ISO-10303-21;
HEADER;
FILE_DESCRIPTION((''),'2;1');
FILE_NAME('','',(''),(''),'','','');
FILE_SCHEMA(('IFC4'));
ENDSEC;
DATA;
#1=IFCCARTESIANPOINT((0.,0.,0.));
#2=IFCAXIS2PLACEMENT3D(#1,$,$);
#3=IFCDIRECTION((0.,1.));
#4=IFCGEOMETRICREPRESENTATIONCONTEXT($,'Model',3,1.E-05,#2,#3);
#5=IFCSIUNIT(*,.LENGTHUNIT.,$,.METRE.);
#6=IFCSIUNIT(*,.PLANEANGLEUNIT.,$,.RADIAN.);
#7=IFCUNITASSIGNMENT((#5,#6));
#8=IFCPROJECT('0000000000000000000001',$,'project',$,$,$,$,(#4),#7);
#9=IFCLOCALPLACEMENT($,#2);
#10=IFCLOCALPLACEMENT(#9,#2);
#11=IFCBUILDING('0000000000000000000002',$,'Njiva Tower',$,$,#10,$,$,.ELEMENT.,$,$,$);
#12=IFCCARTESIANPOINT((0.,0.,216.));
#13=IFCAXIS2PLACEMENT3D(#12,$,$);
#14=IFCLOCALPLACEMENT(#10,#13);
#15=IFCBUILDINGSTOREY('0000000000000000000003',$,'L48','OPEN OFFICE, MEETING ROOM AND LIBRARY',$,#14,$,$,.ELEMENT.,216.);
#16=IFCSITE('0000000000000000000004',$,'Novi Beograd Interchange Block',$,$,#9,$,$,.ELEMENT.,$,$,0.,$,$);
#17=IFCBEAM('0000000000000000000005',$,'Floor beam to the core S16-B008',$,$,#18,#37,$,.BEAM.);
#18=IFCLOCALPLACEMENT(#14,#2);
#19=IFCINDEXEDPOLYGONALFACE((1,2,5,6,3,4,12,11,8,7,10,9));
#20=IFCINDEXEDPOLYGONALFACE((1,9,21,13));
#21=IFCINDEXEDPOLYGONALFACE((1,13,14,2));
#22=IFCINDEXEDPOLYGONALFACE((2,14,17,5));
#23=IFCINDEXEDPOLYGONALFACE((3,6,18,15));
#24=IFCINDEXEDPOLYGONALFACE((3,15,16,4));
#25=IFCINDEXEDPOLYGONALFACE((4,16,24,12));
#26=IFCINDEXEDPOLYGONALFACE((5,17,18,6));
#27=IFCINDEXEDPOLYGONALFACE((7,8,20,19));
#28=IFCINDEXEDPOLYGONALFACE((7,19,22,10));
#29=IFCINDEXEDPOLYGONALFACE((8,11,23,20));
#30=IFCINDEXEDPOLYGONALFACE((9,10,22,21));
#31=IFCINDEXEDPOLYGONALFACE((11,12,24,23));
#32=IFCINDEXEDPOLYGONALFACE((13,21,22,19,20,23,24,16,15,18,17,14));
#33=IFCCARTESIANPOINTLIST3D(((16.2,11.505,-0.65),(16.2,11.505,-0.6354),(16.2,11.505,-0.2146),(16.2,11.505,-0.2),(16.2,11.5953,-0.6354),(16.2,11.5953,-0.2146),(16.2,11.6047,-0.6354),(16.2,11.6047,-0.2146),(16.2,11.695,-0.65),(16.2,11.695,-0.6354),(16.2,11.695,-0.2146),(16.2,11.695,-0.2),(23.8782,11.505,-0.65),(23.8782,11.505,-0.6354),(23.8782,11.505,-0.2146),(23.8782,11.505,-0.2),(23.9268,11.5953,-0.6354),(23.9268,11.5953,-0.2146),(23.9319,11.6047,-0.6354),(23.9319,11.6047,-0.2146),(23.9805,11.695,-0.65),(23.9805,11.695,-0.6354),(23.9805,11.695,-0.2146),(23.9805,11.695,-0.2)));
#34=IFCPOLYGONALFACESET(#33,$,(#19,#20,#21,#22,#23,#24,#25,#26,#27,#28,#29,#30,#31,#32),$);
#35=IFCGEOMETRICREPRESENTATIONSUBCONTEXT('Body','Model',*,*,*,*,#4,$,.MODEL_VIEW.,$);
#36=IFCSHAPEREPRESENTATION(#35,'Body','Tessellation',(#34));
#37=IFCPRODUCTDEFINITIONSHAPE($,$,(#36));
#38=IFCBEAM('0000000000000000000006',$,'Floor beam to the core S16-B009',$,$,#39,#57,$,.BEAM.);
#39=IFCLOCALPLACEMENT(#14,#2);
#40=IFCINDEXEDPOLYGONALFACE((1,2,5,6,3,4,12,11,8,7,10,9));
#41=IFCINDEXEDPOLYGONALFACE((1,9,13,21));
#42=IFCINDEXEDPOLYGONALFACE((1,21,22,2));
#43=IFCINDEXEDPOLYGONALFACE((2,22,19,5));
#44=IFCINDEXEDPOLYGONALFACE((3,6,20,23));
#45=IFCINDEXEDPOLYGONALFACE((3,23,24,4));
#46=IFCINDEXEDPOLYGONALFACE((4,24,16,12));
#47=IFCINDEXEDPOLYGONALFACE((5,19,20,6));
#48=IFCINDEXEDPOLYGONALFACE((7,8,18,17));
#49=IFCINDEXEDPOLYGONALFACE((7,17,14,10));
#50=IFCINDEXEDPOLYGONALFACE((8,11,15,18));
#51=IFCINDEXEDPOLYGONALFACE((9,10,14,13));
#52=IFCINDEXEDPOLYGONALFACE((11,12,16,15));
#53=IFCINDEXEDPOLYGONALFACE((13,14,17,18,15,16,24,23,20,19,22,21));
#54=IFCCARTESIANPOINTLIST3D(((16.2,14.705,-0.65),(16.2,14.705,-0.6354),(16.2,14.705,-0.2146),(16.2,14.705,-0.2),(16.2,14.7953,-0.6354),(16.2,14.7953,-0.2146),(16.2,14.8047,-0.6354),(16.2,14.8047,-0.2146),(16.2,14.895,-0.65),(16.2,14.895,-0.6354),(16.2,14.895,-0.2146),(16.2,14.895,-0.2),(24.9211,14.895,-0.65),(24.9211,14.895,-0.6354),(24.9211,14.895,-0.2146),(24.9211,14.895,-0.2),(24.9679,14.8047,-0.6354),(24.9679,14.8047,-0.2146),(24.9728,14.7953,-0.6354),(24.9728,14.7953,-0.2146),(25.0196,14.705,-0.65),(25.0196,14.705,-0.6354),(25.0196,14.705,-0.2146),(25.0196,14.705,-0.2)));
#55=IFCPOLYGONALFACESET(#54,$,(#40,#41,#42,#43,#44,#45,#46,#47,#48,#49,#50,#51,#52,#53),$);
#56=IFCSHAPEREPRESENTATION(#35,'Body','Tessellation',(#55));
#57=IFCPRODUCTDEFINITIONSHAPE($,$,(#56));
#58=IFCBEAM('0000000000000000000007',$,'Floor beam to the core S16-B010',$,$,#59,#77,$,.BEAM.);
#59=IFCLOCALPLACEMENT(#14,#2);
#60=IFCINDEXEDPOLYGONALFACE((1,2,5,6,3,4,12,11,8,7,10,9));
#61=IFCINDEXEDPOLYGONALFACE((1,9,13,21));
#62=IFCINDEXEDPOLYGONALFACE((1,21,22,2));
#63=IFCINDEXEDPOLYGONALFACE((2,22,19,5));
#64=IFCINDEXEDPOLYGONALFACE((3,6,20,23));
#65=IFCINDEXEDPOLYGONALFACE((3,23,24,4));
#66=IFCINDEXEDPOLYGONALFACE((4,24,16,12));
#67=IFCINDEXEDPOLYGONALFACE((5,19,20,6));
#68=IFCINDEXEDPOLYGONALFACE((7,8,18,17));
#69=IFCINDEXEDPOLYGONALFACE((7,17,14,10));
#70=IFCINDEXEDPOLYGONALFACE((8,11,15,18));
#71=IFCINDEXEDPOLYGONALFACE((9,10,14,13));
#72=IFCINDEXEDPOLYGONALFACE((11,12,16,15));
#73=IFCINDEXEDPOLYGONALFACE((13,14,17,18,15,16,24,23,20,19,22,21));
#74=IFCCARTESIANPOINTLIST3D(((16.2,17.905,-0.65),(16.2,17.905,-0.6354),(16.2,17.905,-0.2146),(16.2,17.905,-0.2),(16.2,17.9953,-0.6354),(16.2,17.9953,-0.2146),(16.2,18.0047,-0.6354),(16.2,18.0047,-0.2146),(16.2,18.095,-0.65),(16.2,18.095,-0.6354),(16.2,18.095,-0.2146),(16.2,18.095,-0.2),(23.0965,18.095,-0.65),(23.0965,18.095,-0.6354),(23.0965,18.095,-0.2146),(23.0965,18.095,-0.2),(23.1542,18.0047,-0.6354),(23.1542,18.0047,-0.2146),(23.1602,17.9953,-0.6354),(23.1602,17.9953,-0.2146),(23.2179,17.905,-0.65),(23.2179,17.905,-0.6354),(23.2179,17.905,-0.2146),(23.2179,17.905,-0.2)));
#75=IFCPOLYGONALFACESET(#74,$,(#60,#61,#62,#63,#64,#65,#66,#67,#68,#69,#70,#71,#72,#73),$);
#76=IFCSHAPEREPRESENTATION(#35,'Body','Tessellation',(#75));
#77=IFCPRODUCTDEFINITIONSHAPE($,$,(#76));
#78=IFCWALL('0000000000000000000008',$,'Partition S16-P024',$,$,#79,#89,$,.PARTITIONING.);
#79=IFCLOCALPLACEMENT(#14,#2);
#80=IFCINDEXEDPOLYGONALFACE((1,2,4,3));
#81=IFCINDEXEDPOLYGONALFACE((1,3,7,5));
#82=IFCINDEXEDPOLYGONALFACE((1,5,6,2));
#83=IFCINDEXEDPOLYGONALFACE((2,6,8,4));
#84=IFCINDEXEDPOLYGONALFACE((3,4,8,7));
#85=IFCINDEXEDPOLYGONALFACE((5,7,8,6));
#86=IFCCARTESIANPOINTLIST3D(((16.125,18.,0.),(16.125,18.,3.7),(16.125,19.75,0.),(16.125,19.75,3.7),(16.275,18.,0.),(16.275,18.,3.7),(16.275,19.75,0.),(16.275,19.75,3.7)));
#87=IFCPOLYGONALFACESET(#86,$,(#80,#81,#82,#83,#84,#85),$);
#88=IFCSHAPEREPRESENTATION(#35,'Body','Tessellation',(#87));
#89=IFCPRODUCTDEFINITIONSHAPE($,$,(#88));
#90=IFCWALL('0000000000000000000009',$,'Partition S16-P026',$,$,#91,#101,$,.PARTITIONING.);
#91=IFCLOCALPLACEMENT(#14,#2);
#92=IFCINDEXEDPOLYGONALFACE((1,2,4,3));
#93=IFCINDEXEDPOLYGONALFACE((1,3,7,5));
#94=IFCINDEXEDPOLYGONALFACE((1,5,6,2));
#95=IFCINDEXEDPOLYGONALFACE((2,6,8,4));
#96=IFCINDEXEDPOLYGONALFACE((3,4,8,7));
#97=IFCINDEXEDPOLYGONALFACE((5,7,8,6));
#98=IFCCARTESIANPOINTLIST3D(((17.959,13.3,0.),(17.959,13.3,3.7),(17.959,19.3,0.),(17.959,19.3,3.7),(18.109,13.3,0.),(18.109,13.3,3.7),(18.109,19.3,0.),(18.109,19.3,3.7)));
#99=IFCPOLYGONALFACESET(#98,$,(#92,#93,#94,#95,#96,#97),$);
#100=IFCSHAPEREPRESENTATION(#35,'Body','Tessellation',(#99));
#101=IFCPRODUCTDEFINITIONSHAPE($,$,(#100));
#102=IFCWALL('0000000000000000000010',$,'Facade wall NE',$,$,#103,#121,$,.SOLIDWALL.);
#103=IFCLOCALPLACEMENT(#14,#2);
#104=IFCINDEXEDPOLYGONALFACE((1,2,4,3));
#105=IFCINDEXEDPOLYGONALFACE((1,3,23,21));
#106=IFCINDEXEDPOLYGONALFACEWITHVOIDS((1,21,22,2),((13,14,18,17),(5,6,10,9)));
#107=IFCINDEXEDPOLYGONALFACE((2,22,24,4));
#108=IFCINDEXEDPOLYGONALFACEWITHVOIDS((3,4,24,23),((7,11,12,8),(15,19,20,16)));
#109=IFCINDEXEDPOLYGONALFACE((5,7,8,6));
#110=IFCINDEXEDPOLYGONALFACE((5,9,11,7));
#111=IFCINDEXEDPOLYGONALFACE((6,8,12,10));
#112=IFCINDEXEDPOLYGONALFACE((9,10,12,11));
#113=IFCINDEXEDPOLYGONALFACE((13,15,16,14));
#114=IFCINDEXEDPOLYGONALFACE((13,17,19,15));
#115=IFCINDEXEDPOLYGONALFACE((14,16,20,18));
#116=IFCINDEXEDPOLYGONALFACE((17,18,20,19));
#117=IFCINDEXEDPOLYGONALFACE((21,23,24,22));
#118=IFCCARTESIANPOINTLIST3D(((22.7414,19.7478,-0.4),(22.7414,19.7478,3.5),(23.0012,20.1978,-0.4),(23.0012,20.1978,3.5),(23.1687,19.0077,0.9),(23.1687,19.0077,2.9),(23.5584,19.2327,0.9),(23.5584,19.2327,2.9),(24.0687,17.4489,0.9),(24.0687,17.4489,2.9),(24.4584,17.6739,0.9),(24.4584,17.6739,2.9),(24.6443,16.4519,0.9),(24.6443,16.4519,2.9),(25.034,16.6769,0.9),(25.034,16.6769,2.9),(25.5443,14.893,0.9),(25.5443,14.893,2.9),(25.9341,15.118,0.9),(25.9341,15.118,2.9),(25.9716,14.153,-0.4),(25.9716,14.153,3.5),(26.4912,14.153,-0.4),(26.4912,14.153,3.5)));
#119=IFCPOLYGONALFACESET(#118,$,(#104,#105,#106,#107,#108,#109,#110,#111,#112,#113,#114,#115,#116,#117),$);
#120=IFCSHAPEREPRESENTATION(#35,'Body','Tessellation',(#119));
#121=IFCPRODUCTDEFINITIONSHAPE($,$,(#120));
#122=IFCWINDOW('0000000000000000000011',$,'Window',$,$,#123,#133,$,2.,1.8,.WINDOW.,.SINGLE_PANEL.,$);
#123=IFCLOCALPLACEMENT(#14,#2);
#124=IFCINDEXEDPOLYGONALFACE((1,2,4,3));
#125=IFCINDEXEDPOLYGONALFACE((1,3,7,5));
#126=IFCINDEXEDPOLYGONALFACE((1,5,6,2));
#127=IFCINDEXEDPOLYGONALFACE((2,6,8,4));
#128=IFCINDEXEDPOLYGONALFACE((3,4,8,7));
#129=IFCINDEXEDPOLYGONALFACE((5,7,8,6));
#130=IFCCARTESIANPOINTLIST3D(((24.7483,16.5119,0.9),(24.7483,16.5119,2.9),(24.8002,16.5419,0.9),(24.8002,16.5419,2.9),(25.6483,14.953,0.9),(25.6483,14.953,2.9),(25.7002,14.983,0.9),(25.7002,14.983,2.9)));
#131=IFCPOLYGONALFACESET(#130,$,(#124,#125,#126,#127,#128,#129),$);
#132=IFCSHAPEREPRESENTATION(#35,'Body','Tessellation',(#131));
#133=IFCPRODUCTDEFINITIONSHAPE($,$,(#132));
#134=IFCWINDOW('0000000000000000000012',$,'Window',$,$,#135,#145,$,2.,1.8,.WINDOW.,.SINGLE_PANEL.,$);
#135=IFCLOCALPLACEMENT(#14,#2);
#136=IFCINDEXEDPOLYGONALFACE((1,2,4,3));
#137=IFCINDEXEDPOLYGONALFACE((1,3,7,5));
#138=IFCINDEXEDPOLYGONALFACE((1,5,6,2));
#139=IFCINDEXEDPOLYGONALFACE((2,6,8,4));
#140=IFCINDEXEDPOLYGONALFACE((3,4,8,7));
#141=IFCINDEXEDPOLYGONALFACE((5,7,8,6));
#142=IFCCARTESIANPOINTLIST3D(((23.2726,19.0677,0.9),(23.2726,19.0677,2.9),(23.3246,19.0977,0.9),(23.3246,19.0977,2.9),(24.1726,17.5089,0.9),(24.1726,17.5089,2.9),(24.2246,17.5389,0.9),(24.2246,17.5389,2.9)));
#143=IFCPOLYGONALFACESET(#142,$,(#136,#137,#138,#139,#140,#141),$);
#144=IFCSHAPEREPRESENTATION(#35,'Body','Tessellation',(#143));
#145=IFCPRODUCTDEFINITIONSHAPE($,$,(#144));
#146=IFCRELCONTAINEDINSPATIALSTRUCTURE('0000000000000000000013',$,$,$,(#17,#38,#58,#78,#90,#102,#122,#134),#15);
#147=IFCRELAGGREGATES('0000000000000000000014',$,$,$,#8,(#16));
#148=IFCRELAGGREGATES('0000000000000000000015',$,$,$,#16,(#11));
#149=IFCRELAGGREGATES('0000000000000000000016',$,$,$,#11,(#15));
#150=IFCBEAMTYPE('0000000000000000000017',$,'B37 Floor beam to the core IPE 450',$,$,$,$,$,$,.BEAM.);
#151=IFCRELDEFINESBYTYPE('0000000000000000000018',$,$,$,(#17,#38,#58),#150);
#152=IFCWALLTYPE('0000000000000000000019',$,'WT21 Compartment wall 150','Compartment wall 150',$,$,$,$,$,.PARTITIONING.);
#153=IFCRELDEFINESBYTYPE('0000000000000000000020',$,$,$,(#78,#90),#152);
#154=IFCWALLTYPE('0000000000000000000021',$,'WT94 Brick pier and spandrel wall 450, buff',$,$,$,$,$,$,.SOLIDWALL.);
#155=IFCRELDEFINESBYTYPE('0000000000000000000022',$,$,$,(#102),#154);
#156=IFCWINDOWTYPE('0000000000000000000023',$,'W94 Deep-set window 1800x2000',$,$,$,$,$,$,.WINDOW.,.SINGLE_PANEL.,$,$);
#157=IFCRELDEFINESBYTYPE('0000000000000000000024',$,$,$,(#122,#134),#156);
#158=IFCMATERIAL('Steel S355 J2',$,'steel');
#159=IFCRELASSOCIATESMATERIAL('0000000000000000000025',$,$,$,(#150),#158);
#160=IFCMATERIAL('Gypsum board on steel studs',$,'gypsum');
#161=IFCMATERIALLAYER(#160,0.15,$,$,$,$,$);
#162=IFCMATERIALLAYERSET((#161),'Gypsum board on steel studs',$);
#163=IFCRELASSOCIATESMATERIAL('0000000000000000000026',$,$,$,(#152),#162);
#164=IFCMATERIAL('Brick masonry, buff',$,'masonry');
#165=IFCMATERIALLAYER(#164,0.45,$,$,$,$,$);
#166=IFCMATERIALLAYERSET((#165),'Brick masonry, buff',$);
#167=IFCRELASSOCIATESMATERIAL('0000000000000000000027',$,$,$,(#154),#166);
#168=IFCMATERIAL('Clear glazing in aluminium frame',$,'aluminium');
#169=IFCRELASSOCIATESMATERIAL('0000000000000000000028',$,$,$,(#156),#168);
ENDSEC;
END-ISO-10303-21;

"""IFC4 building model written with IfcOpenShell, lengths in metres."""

from ifc_helpers import new_model, si_unit, direction, frame, frame_2d, origin, origin_2d, place, context, subcontext, project, spatial, polyline, rectangle, i_section, outline, extrude, clip, halfspace, material, layer, layer_set, material_profile, profile_set, type_object, element, fill, save


model = new_model("IFC4")

# Units and contexts
model_context = context("Model", 3, precision=1e-05, world=origin(), true_north=direction((0.0, 1.0)))
body_context = subcontext(model_context, "Body", "Model", "MODEL_VIEW")
ifc_project = project(units=[si_unit("LENGTHUNIT", "METRE"), si_unit("PLANEANGLEUNIT", "RADIAN")], contexts=[model_context])

# Site, building, storey
site_placement = place(None, origin())
site = spatial("IfcSite", under=ifc_project, at=site_placement, Name="Novi Beograd Interchange Block", CompositionType="ELEMENT", RefElevation=0.0)
building_placement = place(site_placement, origin())
building = spatial("IfcBuilding", under=site, at=building_placement, Name="Njiva Tower", CompositionType="ELEMENT")
storey_placement = place(building_placement, frame((0.0, 0.0, 216.0)))
storey = spatial("IfcBuildingStorey", under=building, at=storey_placement, Name="L48", Description="OPEN OFFICE, MEETING ROOM AND LIBRARY", CompositionType="ELEMENT", Elevation=216.0)

# Shared definitions
ifc_material_1 = material(Name="Steel S355 J2", Category="steel")

# Beams
ifc_material_profile_1 = material_profile(ifc_material_1, i_section(OverallWidth=0.19, OverallDepth=0.45, WebThickness=0.0094, FlangeThickness=0.0146, at=origin_2d()), Name="IPE 450")
ifc_profile_set_1 = profile_set([ifc_material_profile_1], Name="Steel S355 J2")
beam_type_1 = type_object("IfcBeamType", Name="B37 Floor beam to the core IPE 450", PredefinedType="BEAM", material=ifc_profile_set_1)
beam_1_placement = place(storey_placement, frame((16.2, 11.6, -0.425), z_axis=(1.0, 0.0, 0.0), x_axis=(0.0, 1.0, 0.0)))
element("IfcBeam", 1, at=beam_1_placement, inside=storey, type_object=beam_type_1, Name="Floor beam to the core S16-B008", PredefinedType="BEAM", context=body_context, shape_type="Clipping", body=[
    clip(extrude(i_section(OverallWidth=0.19, OverallDepth=0.45, WebThickness=0.0094, FlangeThickness=0.0146, at=origin_2d()), origin(), (0.0, 0.0, 1.0), 7.8), halfspace(frame((-0.0237, 0.0, 7.7166), z_axis=(-0.473777, 0.0, 0.880645), x_axis=(0.0, 1.0, 0.0)), False)),
])
beam_2_placement = place(storey_placement, frame((16.2, 14.8, -0.425), z_axis=(1.0, 0.0, 0.0), x_axis=(0.0, 1.0, 0.0)))
element("IfcBeam", 2, at=beam_2_placement, inside=storey, type_object=beam_type_1, Name="Floor beam to the core S16-B009", PredefinedType="BEAM", context=body_context, shape_type="Clipping", body=[
    clip(extrude(i_section(OverallWidth=0.19, OverallDepth=0.45, WebThickness=0.0094, FlangeThickness=0.0146, at=origin_2d()), origin(), (0.0, 0.0, 1.0), 8.839), halfspace(frame((0.023, 0.0, 8.7584), z_axis=(0.460472, 0.0, 0.887674), x_axis=(0.0, 1.0, 0.0)), False)),
])
beam_3_placement = place(storey_placement, frame((16.2, 18.0, -0.425), z_axis=(1.0, 0.0, 0.0), x_axis=(0.0, 1.0, 0.0)))
element("IfcBeam", 3, at=beam_3_placement, inside=storey, type_object=beam_type_1, Name="Floor beam to the core S16-B010", PredefinedType="BEAM", context=body_context, shape_type="Clipping", body=[
    clip(extrude(i_section(OverallWidth=0.19, OverallDepth=0.45, WebThickness=0.0094, FlangeThickness=0.0146, at=origin_2d()), origin(), (0.0, 0.0, 1.0), 7.038), halfspace(frame((0.0269, 0.0, 6.94), z_axis=(0.53851, 0.0, 0.842619), x_axis=(0.0, 1.0, 0.0)), False)),
])

# Walls
ifc_material_2 = material(Name="Gypsum board on steel studs", Category="gypsum")
ifc_layer_1 = layer(ifc_material_2, 0.15)
ifc_layer_set_1 = layer_set([ifc_layer_1], Name="Gypsum board on steel studs")
wall_type_1 = type_object("IfcWallType", Name="WT21 Compartment wall 150", Description="Compartment wall 150", PredefinedType="PARTITIONING", material=ifc_layer_set_1)
wall_1_placement = place(storey_placement, frame((16.2, 18.0, 0.0), z_axis=(0.0, 0.0, 1.0), x_axis=(0.0, 1.0, 0.0)))
element("IfcWall", 4, at=wall_1_placement, inside=storey, type_object=wall_type_1, Name="Partition S16-P024", PredefinedType="PARTITIONING", context=body_context, shape_type="SweptSolid", body=[
    extrude(rectangle(XDim=1.75, YDim=0.15, at=frame_2d((0.875, 0.0))), origin(), (0.0, 0.0, 1.0), 3.7),
])
wall_2_placement = place(storey_placement, frame((18.034, 13.3, 0.0), z_axis=(0.0, 0.0, 1.0), x_axis=(0.0, 1.0, 0.0)))
element("IfcWall", 5, at=wall_2_placement, inside=storey, type_object=wall_type_1, Name="Partition S16-P026", PredefinedType="PARTITIONING", context=body_context, shape_type="SweptSolid", body=[
    extrude(rectangle(XDim=6.0, YDim=0.15, at=frame_2d((3.0, 0.0))), origin(), (0.0, 0.0, 1.0), 3.7),
])

# Wall, openings, windows
ifc_material_3 = material(Name="Clear glazing in aluminium frame", Category="aluminium")
ifc_material_4 = material(Name="Brick masonry, buff", Category="masonry")
ifc_layer_2 = layer(ifc_material_4, 0.45)
ifc_layer_set_2 = layer_set([ifc_layer_2], Name="Brick masonry, buff")
wall_type_2 = type_object("IfcWallType", Name="WT94 Brick pier and spandrel wall 450, buff", PredefinedType="SOLIDWALL", material=ifc_layer_set_2)
wall_3_placement = place(storey_placement, frame((26.2314, 14.153, -0.4), z_axis=(0.0, 0.0, 1.0), x_axis=(-0.500004, 0.866023, 0.0)))
wall_3 = element("IfcWall", 6, at=wall_3_placement, inside=storey, type_object=wall_type_2, Name="Facade wall NE", PredefinedType="SOLIDWALL", context=body_context, shape_type="SweptSolid", body=[
    extrude(outline(polyline([(-0.1299, -0.225), (6.85, -0.225), (6.5902, 0.225), (0.1299, 0.225), (-0.1299, -0.225)])), origin(), (0.0, 0.0, 1.0), 3.9),
])
opening_1_placement = place(wall_3_placement, frame((0.9844, 0.0, 1.3)))
opening_1 = element("IfcOpeningElement", 7, at=opening_1_placement, cuts=wall_3, PredefinedType="OPENING", context=body_context, shape_type="SweptSolid", body=[
    extrude(rectangle(XDim=1.8, YDim=2.0, at=frame_2d((0.9, 1.0))), frame((0.0, 0.235, 0.0), z_axis=(0.0, -1.0, 0.0), x_axis=(1.0, 0.0, 0.0)), (0.0, 0.0, 1.0), 0.47),
])
opening_2_placement = place(wall_3_placement, frame((3.9357, 0.0, 1.3)))
opening_2 = element("IfcOpeningElement", 8, at=opening_2_placement, cuts=wall_3, PredefinedType="OPENING", context=body_context, shape_type="SweptSolid", body=[
    extrude(rectangle(XDim=1.8, YDim=2.0, at=frame_2d((0.9, 1.0))), frame((0.0, 0.235, 0.0), z_axis=(0.0, -1.0, 0.0), x_axis=(1.0, 0.0, 0.0)), (0.0, 0.0, 1.0), 0.47),
])
window_type_1 = type_object("IfcWindowType", Name="W94 Deep-set window 1800x2000", PartitioningType="SINGLE_PANEL", PredefinedType="WINDOW", material=ifc_material_3)
window_1_placement = place(opening_1_placement, origin())
window_1 = element("IfcWindow", 9, at=window_1_placement, inside=storey, type_object=window_type_1, Name="Window", OverallHeight=2.0, OverallWidth=1.8, PartitioningType="SINGLE_PANEL", PredefinedType="WINDOW", context=body_context, shape_type="SweptSolid", body=[
    extrude(rectangle(XDim=1.8, YDim=2.0, at=frame_2d((0.9, 1.0))), frame((0.0, 0.105, 0.0), z_axis=(0.0, -1.0, 0.0), x_axis=(1.0, 0.0, 0.0)), (0.0, 0.0, 1.0), 0.06),
])
fill(opening_1, window_1)
window_2_placement = place(opening_2_placement, origin())
window_2 = element("IfcWindow", 10, at=window_2_placement, inside=storey, type_object=window_type_1, Name="Window", OverallHeight=2.0, OverallWidth=1.8, PartitioningType="SINGLE_PANEL", PredefinedType="WINDOW", context=body_context, shape_type="SweptSolid", body=[
    extrude(rectangle(XDim=1.8, YDim=2.0, at=frame_2d((0.9, 1.0))), frame((0.0, 0.105, 0.0), z_axis=(0.0, -1.0, 0.0), x_axis=(1.0, 0.0, 0.0)), (0.0, 0.0, 1.0), 0.06),
])
fill(opening_2, window_2)

save(model, "model.ifc")
